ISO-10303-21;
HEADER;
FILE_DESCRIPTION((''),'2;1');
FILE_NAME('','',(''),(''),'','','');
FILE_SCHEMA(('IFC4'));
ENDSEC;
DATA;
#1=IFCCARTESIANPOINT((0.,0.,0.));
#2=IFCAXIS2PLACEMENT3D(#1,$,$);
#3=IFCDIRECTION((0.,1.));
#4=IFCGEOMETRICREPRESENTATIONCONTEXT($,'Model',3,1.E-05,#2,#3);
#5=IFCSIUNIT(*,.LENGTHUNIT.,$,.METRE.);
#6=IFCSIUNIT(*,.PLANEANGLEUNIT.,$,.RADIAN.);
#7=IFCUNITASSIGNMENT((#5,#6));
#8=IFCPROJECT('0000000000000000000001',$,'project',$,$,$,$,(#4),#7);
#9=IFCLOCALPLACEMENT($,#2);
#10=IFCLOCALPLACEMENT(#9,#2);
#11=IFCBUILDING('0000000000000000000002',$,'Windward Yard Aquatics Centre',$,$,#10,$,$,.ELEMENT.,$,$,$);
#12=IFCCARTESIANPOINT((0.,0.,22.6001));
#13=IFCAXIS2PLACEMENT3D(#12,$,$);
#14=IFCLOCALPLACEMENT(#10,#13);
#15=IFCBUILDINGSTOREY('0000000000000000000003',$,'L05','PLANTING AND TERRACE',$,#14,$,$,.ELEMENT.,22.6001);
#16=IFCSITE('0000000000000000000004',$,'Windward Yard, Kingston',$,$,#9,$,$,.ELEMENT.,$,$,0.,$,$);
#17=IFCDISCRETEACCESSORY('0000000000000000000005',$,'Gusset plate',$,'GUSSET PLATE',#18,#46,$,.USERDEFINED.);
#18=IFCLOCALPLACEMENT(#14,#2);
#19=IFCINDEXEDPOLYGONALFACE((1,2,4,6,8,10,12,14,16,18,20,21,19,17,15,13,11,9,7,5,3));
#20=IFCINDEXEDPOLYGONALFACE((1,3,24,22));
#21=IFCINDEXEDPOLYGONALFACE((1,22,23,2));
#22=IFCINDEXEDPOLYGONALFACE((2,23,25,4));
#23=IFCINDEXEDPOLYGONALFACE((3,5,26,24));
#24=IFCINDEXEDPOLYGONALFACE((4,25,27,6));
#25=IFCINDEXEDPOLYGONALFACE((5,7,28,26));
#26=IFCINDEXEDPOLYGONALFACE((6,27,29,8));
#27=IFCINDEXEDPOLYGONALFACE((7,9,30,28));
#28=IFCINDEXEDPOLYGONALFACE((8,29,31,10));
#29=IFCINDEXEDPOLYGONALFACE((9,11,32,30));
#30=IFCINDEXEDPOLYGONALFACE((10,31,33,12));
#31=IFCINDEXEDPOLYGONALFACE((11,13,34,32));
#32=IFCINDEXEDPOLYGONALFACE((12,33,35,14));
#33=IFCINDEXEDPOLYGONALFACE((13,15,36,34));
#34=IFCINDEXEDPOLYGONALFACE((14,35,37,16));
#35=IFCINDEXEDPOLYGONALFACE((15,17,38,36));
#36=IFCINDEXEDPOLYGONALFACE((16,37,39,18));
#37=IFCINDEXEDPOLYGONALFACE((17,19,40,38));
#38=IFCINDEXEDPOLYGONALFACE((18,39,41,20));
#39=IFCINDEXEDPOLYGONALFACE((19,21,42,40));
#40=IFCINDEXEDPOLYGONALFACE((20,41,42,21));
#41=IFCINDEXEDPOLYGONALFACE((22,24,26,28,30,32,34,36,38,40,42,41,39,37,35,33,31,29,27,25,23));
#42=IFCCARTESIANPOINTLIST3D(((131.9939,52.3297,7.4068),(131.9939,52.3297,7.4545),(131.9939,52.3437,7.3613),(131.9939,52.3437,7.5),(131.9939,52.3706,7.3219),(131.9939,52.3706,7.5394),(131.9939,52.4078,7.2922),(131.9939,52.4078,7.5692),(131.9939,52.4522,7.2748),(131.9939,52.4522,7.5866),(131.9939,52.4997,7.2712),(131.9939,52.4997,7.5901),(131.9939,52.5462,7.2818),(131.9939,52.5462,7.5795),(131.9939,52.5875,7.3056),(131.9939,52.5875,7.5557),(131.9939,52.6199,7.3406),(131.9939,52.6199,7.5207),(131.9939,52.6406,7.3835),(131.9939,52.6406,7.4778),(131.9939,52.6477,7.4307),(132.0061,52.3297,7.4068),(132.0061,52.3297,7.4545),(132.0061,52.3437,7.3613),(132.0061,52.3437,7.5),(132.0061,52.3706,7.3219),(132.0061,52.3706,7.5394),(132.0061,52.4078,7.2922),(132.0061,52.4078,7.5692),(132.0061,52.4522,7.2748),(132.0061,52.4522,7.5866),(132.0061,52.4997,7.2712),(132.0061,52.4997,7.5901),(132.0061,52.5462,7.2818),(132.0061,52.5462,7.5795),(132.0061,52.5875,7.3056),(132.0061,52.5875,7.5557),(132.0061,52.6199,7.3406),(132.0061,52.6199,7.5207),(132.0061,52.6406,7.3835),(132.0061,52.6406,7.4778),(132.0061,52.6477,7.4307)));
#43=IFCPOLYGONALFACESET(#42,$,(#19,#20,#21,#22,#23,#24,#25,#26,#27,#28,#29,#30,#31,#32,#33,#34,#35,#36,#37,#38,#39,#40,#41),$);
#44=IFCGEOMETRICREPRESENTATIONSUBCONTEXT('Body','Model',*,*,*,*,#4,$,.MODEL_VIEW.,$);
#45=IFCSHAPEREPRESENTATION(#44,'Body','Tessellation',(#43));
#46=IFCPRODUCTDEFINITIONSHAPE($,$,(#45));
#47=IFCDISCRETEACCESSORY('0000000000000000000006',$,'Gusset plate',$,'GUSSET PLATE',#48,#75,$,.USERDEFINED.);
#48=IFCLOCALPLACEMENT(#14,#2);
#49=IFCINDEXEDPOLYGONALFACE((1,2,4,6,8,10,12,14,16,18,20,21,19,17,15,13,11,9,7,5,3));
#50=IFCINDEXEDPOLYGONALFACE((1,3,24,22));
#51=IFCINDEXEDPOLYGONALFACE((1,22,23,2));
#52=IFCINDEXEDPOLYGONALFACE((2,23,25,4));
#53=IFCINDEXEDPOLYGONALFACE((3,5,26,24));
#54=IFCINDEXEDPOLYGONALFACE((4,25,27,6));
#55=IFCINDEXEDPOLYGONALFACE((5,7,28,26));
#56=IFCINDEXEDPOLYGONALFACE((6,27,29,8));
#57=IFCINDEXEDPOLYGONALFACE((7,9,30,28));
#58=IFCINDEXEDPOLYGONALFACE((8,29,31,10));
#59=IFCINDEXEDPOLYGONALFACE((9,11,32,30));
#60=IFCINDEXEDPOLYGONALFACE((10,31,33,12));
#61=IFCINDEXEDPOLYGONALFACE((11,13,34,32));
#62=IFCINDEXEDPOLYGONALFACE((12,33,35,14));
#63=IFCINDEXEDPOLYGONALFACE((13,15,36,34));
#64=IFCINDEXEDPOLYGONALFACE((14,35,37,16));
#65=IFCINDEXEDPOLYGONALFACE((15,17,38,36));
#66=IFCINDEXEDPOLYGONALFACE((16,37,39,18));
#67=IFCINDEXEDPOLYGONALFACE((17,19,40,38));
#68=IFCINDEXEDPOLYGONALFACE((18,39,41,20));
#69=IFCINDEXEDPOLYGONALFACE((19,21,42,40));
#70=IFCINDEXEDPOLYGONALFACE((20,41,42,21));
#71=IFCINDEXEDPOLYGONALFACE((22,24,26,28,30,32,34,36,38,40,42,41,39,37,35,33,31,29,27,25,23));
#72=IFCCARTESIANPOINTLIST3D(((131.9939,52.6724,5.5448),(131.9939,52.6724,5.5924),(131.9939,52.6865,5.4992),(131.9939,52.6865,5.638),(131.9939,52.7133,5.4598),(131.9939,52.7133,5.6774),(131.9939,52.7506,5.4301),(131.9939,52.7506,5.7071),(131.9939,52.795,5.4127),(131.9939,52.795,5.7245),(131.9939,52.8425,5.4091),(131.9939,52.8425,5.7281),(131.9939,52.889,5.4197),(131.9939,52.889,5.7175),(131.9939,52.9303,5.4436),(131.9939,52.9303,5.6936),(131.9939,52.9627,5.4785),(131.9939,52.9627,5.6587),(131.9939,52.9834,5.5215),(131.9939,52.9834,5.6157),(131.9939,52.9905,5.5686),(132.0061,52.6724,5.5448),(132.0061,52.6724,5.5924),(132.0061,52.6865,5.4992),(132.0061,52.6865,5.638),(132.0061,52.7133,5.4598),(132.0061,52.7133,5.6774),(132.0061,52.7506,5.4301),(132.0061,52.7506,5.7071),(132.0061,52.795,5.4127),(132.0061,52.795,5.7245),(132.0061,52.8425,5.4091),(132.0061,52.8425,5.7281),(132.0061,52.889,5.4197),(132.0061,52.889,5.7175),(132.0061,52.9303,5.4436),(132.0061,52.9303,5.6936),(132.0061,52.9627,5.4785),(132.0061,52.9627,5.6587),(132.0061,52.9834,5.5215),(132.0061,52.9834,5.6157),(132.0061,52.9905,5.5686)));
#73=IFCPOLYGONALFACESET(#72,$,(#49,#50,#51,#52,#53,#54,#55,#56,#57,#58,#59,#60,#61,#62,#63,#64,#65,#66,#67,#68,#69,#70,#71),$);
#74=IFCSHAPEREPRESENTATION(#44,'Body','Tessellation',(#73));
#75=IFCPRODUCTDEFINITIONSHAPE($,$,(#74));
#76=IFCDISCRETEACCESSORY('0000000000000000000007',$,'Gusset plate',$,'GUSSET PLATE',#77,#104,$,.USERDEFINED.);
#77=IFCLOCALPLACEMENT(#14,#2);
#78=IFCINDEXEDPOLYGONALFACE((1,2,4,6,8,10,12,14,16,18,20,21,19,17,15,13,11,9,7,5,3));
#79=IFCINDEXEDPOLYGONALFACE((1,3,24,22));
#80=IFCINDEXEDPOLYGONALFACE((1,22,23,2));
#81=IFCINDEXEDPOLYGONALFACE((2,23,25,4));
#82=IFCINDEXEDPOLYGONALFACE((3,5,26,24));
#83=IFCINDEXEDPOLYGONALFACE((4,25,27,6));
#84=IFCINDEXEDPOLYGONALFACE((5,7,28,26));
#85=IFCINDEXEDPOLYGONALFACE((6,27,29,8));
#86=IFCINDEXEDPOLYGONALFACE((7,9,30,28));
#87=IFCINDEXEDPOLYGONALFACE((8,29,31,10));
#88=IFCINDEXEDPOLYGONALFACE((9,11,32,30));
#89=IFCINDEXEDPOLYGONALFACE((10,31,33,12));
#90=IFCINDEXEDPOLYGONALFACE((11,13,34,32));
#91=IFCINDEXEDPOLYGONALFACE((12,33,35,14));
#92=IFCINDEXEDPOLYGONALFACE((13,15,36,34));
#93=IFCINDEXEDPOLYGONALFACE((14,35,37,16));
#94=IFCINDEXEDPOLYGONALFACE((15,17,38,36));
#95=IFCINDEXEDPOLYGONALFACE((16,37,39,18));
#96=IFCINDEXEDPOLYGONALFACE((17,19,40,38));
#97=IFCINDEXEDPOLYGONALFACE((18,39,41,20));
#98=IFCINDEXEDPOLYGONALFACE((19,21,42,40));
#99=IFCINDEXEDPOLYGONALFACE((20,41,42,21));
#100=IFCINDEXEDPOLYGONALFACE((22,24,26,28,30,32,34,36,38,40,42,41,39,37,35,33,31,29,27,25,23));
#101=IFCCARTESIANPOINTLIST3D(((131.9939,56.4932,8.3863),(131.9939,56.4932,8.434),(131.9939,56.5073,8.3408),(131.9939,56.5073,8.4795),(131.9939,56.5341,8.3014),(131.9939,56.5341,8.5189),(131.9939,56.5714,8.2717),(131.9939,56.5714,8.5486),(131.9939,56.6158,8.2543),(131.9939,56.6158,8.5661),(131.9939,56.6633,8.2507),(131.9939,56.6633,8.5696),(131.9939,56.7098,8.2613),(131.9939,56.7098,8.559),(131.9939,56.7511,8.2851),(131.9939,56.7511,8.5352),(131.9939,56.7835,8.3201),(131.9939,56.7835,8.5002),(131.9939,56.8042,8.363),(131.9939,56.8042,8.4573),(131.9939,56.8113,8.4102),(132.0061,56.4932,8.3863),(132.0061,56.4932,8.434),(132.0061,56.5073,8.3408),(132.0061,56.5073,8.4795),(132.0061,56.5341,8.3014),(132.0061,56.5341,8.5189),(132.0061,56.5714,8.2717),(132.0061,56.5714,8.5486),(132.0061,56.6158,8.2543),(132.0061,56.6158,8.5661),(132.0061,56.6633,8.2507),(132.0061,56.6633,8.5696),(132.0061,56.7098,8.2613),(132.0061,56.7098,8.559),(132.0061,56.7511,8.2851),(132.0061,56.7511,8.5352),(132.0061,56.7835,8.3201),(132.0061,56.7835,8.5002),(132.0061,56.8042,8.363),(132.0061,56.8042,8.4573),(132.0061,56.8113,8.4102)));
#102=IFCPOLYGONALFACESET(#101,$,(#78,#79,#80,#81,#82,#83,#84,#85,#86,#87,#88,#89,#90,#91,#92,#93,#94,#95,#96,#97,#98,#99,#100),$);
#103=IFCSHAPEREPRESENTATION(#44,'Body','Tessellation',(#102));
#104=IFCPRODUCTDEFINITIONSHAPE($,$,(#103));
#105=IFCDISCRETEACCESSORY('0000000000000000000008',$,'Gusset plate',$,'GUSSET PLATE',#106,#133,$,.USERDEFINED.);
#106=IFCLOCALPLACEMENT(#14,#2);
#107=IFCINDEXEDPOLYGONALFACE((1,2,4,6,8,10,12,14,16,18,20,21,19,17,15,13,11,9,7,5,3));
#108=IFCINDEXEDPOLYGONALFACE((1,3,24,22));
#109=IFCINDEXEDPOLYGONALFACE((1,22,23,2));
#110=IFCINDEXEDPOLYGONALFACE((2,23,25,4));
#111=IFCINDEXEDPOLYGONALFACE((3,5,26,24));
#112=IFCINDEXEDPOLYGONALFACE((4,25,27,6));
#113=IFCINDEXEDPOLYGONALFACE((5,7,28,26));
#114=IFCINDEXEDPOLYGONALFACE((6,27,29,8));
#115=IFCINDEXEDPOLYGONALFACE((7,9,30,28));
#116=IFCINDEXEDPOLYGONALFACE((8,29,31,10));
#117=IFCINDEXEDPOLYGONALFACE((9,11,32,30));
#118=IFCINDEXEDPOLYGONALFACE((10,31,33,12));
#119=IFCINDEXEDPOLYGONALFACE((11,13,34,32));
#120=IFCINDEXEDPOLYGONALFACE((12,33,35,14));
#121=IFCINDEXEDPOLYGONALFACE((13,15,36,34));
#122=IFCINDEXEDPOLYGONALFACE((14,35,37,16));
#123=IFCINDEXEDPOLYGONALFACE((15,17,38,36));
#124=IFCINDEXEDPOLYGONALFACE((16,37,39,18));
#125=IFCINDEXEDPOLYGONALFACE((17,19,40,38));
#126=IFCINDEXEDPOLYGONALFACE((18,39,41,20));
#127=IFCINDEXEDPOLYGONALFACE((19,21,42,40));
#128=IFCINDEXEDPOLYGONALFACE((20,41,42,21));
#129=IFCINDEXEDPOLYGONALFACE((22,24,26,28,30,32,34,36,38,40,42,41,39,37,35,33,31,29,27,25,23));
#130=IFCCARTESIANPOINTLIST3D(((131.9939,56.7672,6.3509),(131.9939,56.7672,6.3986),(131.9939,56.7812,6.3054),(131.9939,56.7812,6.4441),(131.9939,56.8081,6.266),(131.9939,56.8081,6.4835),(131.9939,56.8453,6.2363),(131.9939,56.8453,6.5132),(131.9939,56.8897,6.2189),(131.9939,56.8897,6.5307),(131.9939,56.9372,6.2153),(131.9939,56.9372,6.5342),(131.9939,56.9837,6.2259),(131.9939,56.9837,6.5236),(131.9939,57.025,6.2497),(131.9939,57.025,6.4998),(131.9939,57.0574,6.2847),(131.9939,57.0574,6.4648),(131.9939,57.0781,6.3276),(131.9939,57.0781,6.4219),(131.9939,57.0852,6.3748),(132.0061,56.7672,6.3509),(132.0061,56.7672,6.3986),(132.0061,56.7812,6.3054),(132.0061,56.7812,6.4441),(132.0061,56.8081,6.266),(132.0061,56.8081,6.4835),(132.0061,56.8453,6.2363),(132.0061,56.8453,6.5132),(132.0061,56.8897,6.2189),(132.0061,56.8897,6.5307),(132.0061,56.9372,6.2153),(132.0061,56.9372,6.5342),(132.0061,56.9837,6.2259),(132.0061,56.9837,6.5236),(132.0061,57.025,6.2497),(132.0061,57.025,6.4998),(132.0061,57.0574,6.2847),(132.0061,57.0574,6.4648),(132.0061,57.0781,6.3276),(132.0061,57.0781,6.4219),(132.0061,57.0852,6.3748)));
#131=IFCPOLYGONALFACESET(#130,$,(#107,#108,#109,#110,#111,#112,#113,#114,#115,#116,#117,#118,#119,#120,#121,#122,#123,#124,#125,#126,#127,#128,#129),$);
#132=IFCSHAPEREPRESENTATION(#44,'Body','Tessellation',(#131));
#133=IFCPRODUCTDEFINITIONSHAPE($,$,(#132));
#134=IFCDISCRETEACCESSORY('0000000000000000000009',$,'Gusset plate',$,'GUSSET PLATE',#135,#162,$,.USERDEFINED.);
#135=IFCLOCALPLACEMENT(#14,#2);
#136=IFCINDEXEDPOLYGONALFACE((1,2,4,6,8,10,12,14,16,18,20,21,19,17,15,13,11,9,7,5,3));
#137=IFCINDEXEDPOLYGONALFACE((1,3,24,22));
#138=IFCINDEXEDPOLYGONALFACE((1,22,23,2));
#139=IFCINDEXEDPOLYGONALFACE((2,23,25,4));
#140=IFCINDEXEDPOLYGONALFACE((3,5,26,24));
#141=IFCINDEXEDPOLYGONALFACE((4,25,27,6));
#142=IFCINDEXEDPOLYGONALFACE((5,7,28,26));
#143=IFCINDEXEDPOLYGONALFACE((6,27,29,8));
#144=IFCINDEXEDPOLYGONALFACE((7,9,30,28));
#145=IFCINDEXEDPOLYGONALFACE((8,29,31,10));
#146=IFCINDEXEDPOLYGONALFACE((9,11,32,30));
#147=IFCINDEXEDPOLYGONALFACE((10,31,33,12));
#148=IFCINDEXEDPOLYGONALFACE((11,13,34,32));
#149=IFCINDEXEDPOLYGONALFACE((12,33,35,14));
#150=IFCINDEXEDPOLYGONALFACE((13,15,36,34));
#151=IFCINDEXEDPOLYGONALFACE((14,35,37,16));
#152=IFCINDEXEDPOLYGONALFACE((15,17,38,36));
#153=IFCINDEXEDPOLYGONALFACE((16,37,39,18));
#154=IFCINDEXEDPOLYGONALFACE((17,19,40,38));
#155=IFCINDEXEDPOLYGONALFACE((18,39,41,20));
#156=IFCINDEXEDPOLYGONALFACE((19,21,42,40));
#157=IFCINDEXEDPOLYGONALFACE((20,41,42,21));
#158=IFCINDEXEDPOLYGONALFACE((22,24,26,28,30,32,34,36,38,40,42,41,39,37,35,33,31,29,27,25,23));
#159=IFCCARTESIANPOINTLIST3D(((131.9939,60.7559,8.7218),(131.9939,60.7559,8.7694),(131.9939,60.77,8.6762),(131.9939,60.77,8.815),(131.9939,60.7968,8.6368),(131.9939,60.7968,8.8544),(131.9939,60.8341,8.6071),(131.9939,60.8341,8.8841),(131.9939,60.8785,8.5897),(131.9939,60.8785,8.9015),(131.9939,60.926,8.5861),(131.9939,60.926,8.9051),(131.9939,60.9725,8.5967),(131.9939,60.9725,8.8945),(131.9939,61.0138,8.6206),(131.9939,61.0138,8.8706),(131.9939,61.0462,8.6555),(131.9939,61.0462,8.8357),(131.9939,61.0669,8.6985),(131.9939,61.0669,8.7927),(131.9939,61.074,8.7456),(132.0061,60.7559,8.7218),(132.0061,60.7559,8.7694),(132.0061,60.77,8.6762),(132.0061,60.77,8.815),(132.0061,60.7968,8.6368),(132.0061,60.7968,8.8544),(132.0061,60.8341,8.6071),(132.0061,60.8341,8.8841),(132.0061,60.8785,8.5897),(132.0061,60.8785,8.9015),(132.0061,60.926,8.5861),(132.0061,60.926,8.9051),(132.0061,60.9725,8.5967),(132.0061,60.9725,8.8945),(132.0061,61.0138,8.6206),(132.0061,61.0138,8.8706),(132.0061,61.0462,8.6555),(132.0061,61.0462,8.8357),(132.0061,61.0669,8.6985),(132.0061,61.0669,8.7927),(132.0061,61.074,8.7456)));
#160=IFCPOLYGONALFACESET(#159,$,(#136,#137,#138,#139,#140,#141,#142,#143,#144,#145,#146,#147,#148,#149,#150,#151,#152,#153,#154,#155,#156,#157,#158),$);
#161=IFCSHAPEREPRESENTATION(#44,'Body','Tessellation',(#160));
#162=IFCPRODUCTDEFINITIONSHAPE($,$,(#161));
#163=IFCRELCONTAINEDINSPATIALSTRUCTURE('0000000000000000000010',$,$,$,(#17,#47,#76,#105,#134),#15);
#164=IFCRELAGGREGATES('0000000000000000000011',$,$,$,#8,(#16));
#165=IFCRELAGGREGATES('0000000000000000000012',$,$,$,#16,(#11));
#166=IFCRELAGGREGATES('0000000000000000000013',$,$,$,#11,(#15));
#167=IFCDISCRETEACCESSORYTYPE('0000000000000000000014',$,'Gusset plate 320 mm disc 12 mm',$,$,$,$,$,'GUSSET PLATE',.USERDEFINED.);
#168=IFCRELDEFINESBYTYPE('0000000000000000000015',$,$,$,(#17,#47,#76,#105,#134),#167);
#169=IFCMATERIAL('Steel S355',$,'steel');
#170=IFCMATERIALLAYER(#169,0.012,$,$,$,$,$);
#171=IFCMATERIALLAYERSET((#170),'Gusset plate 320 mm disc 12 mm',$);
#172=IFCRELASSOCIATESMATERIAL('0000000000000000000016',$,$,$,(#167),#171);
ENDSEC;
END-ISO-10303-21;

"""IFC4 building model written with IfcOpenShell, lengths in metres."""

from ifc_helpers import new_model, si_unit, direction, frame, origin, origin_2d, place, context, subcontext, project, spatial, circle, extrude, material, layer, layer_set, type_object, element, save


model = new_model("IFC4")

# Units and contexts
model_context = context("Model", 3, precision=1e-05, world=origin(), true_north=direction((0.0, 1.0)))
body_context = subcontext(model_context, "Body", "Model", "MODEL_VIEW")
ifc_project = project(units=[si_unit("LENGTHUNIT", "METRE"), si_unit("PLANEANGLEUNIT", "RADIAN")], contexts=[model_context])

# Site, building, storey
site_placement = place(None, origin())
site = spatial("IfcSite", under=ifc_project, at=site_placement, Name="Windward Yard, Kingston", CompositionType="ELEMENT", RefElevation=0.0)
building_placement = place(site_placement, origin())
building = spatial("IfcBuilding", under=site, at=building_placement, Name="Windward Yard Aquatics Centre", CompositionType="ELEMENT")
storey_placement = place(building_placement, frame((0.0, 0.0, 22.6001)))
storey = spatial("IfcBuildingStorey", under=building, at=storey_placement, Name="L05", Description="PLANTING AND TERRACE", CompositionType="ELEMENT", Elevation=22.6001)

# Discrete accessories
ifc_material_1 = material(Name="Steel S355", Category="steel")
ifc_layer_1 = layer(ifc_material_1, 0.012)
ifc_layer_set_1 = layer_set([ifc_layer_1], Name="Gusset plate 320 mm disc 12 mm")
discrete_accessory_type_1 = type_object("IfcDiscreteAccessoryType", Name="Gusset plate 320 mm disc 12 mm", ElementType="GUSSET PLATE", PredefinedType="USERDEFINED", material=ifc_layer_set_1)
for number, where, z_axis, x_axis, name in (
    (1, (131.9939, 52.4878, 7.4307), (1.0, 0.0, 0.0), (0.0, 1.0, 0.0), "Gusset plate"),
    (2, (131.9939, 52.8306, 5.5686), (1.0, 0.0, 0.0), (0.0, 1.0, 0.0), "Gusset plate"),
    (3, (131.9939, 56.6514, 8.4102), (1.0, 0.0, 0.0), (0.0, 1.0, 0.0), "Gusset plate"),
    (4, (131.9939, 56.9253, 6.3748), (1.0, 0.0, 0.0), (0.0, 1.0, 0.0), "Gusset plate"),
    (5, (131.9939, 60.9141, 8.7456), (1.0, 0.0, 0.0), (0.0, 1.0, 0.0), "Gusset plate"),
):
    element("IfcDiscreteAccessory", number, at=place(storey_placement, frame(where, z_axis=z_axis, x_axis=x_axis)), inside=storey, type_object=discrete_accessory_type_1, Name=name, ObjectType="GUSSET PLATE", PredefinedType="USERDEFINED", context=body_context, shape_type="SweptSolid", body=[
        extrude(circle(Radius=0.1599, at=origin_2d()), origin(), (0.0, 0.0, 1.0), 0.0122),
    ])

save(model, "model.ifc")
